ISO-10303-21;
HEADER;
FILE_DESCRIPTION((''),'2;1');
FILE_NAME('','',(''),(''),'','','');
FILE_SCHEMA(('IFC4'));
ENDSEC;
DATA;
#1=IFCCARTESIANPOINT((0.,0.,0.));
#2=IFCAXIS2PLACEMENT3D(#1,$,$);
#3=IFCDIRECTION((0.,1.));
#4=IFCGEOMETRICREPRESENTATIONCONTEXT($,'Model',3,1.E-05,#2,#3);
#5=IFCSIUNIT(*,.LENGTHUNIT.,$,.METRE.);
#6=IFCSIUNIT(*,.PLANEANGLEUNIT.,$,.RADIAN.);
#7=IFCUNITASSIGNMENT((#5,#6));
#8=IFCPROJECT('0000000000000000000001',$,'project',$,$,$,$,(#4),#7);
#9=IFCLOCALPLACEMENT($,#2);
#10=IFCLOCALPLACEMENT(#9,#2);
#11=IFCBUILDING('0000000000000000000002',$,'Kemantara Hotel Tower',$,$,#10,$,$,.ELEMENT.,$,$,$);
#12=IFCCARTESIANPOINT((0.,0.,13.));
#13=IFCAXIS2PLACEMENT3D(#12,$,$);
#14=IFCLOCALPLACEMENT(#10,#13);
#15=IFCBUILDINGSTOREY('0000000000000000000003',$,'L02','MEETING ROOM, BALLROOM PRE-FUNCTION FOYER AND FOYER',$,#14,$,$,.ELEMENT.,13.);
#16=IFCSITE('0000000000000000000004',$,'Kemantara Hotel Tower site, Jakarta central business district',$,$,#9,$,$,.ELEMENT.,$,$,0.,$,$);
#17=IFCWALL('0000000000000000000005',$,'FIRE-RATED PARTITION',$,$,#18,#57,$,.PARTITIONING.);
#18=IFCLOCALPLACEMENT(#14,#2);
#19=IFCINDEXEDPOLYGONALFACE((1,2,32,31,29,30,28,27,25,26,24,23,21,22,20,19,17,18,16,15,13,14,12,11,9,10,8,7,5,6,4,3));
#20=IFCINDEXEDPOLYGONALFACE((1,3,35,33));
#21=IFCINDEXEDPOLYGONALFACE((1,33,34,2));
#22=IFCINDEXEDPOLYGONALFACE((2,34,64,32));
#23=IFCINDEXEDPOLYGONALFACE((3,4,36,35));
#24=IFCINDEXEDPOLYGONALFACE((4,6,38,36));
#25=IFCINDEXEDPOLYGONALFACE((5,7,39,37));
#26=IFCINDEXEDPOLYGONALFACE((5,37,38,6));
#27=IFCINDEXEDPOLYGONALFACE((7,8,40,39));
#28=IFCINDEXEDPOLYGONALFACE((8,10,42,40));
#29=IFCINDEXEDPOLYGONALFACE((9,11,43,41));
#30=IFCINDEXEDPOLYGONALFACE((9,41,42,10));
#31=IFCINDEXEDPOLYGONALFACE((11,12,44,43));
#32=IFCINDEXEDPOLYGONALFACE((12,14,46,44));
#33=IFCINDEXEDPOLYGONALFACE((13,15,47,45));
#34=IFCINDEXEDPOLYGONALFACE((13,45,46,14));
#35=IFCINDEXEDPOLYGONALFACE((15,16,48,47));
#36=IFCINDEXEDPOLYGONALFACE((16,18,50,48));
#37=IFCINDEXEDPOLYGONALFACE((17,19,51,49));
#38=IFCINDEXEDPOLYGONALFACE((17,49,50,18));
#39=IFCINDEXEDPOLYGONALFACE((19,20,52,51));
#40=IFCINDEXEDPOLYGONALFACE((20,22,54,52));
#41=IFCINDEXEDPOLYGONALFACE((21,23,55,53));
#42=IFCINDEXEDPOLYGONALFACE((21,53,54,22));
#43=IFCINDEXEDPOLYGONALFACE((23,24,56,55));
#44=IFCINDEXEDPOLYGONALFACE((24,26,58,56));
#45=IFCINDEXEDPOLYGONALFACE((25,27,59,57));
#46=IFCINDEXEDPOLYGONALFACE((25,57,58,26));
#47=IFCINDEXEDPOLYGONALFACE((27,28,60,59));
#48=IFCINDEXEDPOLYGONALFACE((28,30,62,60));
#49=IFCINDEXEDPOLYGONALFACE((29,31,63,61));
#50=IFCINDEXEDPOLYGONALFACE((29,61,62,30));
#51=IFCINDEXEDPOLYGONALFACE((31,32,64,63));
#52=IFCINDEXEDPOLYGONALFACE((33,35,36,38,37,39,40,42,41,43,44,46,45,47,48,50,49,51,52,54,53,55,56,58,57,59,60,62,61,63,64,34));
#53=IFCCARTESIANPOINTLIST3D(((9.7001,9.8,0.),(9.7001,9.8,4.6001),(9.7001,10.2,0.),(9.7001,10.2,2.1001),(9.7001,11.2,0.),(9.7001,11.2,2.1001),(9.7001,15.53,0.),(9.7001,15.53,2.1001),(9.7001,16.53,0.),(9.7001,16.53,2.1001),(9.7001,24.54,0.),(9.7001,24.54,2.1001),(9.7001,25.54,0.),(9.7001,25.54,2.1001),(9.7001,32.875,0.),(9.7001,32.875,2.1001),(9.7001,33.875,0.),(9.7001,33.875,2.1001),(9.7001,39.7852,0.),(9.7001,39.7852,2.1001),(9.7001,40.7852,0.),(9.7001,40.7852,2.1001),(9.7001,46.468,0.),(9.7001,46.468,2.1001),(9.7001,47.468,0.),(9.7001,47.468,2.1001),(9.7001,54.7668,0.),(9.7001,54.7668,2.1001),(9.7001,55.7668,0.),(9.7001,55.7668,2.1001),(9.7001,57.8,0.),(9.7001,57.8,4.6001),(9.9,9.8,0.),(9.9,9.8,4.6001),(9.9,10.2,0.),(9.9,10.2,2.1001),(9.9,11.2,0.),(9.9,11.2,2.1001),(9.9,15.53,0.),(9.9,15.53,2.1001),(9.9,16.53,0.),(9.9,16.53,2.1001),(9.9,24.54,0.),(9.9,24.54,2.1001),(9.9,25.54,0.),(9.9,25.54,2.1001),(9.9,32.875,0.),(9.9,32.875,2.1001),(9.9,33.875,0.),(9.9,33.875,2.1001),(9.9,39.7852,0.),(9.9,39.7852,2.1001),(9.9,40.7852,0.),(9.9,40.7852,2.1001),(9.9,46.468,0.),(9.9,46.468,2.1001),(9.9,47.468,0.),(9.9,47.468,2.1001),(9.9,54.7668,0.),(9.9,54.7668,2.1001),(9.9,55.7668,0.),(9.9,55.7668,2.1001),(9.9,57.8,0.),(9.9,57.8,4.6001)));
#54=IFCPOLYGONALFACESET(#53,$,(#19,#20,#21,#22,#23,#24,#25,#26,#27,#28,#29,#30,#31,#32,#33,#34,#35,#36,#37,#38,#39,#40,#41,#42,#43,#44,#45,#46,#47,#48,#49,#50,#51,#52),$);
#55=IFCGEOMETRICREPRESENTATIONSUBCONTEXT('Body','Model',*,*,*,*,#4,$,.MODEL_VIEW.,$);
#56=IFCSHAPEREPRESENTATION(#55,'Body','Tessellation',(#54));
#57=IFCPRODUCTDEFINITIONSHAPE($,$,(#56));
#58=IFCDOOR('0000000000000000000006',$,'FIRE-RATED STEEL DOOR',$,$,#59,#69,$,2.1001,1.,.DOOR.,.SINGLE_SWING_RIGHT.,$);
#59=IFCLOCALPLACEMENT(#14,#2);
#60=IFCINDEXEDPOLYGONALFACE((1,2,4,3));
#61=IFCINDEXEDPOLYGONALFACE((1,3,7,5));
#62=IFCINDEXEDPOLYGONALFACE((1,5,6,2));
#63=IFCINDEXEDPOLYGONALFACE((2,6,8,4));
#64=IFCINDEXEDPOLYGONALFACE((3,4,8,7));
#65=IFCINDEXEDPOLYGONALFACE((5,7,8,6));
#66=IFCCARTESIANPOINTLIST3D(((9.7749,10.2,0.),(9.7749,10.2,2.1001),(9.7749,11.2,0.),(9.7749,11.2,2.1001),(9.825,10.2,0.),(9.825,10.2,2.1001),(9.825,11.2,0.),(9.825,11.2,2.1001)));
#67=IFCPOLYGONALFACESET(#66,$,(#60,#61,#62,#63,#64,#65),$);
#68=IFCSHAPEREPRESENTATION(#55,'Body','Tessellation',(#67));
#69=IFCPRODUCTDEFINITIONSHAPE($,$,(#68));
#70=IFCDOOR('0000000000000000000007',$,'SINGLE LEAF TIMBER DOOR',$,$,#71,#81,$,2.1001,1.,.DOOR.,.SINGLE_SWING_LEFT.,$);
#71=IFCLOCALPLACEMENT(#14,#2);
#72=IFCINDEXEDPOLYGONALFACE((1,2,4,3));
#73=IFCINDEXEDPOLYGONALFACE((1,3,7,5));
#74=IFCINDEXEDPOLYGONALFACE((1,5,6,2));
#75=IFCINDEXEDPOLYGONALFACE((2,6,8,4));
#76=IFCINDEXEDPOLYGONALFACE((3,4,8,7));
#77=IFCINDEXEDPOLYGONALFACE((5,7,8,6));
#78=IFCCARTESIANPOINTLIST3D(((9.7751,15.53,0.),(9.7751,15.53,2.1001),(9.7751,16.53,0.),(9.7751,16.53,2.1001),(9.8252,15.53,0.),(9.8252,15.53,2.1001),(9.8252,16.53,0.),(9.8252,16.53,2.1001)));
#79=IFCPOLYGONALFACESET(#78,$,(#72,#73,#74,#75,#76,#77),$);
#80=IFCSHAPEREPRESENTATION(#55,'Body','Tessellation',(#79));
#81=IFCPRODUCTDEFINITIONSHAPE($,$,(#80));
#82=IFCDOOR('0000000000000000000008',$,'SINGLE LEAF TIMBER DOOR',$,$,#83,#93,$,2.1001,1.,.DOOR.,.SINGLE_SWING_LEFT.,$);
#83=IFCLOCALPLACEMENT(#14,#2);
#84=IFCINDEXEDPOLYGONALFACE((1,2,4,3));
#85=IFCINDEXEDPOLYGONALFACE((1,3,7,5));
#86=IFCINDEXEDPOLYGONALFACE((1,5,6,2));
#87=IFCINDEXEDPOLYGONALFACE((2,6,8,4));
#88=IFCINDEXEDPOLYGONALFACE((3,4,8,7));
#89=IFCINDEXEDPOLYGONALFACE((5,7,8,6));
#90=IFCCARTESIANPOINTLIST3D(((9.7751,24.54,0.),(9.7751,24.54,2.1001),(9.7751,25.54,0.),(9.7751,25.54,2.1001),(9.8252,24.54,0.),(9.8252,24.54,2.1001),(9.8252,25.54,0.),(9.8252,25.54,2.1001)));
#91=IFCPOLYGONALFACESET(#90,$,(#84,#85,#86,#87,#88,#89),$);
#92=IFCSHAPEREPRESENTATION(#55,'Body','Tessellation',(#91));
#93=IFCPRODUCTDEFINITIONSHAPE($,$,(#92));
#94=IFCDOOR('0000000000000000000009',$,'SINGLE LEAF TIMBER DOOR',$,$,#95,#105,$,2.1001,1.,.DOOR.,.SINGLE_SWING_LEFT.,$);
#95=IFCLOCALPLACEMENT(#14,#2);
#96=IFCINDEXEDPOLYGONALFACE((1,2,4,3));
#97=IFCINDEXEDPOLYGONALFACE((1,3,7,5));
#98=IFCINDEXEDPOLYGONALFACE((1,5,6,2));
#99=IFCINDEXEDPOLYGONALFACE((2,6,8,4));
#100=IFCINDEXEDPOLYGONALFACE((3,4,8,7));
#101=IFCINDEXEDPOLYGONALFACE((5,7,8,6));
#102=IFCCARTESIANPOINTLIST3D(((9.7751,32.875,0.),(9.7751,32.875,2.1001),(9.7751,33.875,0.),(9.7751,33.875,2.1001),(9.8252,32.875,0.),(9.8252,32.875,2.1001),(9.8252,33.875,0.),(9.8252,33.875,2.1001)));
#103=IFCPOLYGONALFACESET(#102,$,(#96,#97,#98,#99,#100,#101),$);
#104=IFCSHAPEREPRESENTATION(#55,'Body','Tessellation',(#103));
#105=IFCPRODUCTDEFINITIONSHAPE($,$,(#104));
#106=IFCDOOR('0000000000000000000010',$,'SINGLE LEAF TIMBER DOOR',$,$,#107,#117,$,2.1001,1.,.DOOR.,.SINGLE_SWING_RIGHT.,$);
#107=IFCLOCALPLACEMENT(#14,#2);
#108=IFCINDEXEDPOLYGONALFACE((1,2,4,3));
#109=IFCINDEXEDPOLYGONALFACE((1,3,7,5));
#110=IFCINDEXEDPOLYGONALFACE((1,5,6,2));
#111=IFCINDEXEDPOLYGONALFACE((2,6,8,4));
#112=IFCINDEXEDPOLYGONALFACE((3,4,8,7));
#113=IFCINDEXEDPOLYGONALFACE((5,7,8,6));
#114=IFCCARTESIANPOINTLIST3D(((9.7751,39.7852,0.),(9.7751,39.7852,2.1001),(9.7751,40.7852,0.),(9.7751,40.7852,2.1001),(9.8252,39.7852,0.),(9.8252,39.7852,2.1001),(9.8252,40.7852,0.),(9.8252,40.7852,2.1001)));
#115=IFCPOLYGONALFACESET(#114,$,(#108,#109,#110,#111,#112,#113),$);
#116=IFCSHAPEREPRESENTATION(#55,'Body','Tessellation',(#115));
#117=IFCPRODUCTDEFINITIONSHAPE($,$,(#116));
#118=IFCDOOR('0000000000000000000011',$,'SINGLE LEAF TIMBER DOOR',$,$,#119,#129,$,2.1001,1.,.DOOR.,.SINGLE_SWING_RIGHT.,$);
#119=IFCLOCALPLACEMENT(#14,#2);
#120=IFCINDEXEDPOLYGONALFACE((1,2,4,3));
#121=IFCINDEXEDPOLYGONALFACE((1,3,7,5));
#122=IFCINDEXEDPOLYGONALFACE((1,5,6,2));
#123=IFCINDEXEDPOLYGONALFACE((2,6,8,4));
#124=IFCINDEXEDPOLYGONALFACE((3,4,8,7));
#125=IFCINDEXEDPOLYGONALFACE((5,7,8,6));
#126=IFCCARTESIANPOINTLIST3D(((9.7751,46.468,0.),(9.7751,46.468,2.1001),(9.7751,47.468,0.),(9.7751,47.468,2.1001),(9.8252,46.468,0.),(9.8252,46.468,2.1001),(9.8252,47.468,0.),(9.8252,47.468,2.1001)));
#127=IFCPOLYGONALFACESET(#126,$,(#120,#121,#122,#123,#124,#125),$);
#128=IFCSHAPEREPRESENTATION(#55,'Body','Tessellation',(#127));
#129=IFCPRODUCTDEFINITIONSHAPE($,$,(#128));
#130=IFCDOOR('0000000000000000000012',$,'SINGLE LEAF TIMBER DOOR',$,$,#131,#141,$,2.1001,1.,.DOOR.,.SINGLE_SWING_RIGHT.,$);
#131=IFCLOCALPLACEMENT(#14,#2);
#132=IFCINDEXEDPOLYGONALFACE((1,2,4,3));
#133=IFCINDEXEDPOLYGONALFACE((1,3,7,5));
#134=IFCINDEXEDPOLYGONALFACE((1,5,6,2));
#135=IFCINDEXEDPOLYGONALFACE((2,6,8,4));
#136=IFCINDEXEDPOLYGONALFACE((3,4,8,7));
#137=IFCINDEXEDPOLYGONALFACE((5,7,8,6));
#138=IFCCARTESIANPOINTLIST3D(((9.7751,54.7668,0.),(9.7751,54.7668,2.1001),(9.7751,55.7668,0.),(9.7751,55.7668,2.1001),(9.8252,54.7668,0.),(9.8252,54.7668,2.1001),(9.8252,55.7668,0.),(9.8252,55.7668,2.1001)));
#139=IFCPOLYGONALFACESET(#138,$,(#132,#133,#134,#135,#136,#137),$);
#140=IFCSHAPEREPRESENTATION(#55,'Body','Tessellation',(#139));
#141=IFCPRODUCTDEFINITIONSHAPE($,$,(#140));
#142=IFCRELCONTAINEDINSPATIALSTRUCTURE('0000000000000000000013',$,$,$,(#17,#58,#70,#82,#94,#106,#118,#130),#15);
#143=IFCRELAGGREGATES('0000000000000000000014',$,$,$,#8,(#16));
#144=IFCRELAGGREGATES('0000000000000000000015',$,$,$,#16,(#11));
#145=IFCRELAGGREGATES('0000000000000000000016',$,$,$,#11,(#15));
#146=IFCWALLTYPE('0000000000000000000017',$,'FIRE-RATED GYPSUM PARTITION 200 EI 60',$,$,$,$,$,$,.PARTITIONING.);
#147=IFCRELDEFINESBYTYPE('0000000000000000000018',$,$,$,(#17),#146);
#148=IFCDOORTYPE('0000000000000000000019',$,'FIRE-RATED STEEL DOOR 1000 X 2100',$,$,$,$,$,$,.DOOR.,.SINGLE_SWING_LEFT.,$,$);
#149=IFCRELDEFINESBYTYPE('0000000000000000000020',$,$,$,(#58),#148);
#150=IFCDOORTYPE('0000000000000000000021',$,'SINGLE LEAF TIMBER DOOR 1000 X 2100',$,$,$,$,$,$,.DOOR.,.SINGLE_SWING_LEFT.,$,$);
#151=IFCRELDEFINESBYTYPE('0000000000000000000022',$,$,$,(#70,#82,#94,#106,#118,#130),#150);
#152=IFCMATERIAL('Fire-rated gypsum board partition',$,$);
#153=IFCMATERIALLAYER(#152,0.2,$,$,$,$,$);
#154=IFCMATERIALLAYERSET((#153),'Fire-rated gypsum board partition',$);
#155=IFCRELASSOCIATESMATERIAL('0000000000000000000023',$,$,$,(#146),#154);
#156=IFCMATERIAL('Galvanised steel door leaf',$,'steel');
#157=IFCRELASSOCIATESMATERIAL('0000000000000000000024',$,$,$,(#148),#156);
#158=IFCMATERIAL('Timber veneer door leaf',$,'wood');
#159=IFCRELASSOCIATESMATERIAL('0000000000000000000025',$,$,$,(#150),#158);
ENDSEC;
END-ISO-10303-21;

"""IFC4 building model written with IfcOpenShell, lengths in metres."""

from ifc_helpers import new_model, si_unit, direction, frame, frame_2d, origin, place, context, subcontext, project, spatial, rectangle, extrude, material, layer, layer_set, type_object, element, fill, save


model = new_model("IFC4")

# Units and contexts
model_context = context("Model", 3, precision=1e-05, world=origin(), true_north=direction((0.0, 1.0)))
body_context = subcontext(model_context, "Body", "Model", "MODEL_VIEW")
ifc_project = project(units=[si_unit("LENGTHUNIT", "METRE"), si_unit("PLANEANGLEUNIT", "RADIAN")], contexts=[model_context])

# Site, building, storey
site_placement = place(None, origin())
site = spatial("IfcSite", under=ifc_project, at=site_placement, Name="Kemantara Hotel Tower site, Jakarta central business district", CompositionType="ELEMENT", RefElevation=0.0)
building_placement = place(site_placement, origin())
building = spatial("IfcBuilding", under=site, at=building_placement, Name="Kemantara Hotel Tower", CompositionType="ELEMENT")
storey_placement = place(building_placement, frame((0.0, 0.0, 13.0)))
storey = spatial("IfcBuildingStorey", under=building, at=storey_placement, Name="L02", Description="MEETING ROOM, BALLROOM PRE-FUNCTION FOYER AND FOYER", CompositionType="ELEMENT", Elevation=13.0)

# Wall, openings, doors
ifc_material_1 = material(Name="Fire-rated gypsum board partition")
ifc_layer_1 = layer(ifc_material_1, 0.2)
ifc_layer_set_1 = layer_set([ifc_layer_1], Name="Fire-rated gypsum board partition")
wall_type_1 = type_object("IfcWallType", Name="FIRE-RATED GYPSUM PARTITION 200 EI 60", PredefinedType="PARTITIONING", material=ifc_layer_set_1)
wall_1_placement = place(storey_placement, frame((9.8, 9.8, 0.0), z_axis=(0.0, 0.0, 1.0), x_axis=(0.0, 1.0, 0.0)))
wall_1 = element("IfcWall", 1, at=wall_1_placement, inside=storey, type_object=wall_type_1, Name="FIRE-RATED PARTITION", PredefinedType="PARTITIONING", context=body_context, shape_type="SweptSolid", body=[
    extrude(rectangle(XDim=48.0, YDim=0.2, at=frame_2d((24.0, 0.0))), origin(), (0.0, 0.0, 1.0), 4.6001),
])
opening_1_placement = place(wall_1_placement, frame((5.73, 0.0, 0.0)))
opening_1 = element("IfcOpeningElement", 2, at=opening_1_placement, cuts=wall_1, PredefinedType="OPENING", context=body_context, shape_type="SweptSolid", body=[
    extrude(rectangle(XDim=1.0, YDim=2.1001, at=frame_2d((0.5, 1.05))), frame((0.0, 0.1099, 0.0), z_axis=(0.0, -1.0, 0.0), x_axis=(1.0, 0.0, 0.0)), (0.0, 0.0, 1.0), 0.22),
])
opening_2_placement = place(wall_1_placement, frame((14.74, 0.0, 0.0)))
opening_2 = element("IfcOpeningElement", 3, at=opening_2_placement, cuts=wall_1, PredefinedType="OPENING", context=body_context, shape_type="SweptSolid", body=[
    extrude(rectangle(XDim=1.0, YDim=2.1001, at=frame_2d((0.5, 1.05))), frame((0.0, 0.1099, 0.0), z_axis=(0.0, -1.0, 0.0), x_axis=(1.0, 0.0, 0.0)), (0.0, 0.0, 1.0), 0.22),
])
opening_3_placement = place(wall_1_placement, frame((23.075, 0.0, 0.0)))
opening_3 = element("IfcOpeningElement", 4, at=opening_3_placement, cuts=wall_1, PredefinedType="OPENING", context=body_context, shape_type="SweptSolid", body=[
    extrude(rectangle(XDim=1.0, YDim=2.1001, at=frame_2d((0.5, 1.05))), frame((0.0, 0.1099, 0.0), z_axis=(0.0, -1.0, 0.0), x_axis=(1.0, 0.0, 0.0)), (0.0, 0.0, 1.0), 0.22),
])
opening_4_placement = place(wall_1_placement, frame((29.9851, 0.0, 0.0)))
opening_4 = element("IfcOpeningElement", 5, at=opening_4_placement, cuts=wall_1, PredefinedType="OPENING", context=body_context, shape_type="SweptSolid", body=[
    extrude(rectangle(XDim=1.0, YDim=2.1001, at=frame_2d((0.5, 1.05))), frame((0.0, 0.1099, 0.0), z_axis=(0.0, -1.0, 0.0), x_axis=(1.0, 0.0, 0.0)), (0.0, 0.0, 1.0), 0.22),
])
opening_5_placement = place(wall_1_placement, frame((36.668, 0.0, 0.0)))
opening_5 = element("IfcOpeningElement", 6, at=opening_5_placement, cuts=wall_1, PredefinedType="OPENING", context=body_context, shape_type="SweptSolid", body=[
    extrude(rectangle(XDim=1.0, YDim=2.1001, at=frame_2d((0.5, 1.05))), frame((0.0, 0.1099, 0.0), z_axis=(0.0, -1.0, 0.0), x_axis=(1.0, 0.0, 0.0)), (0.0, 0.0, 1.0), 0.22),
])
opening_6_placement = place(wall_1_placement, frame((44.9668, 0.0, 0.0)))
opening_6 = element("IfcOpeningElement", 7, at=opening_6_placement, cuts=wall_1, PredefinedType="OPENING", context=body_context, shape_type="SweptSolid", body=[
    extrude(rectangle(XDim=1.0, YDim=2.1001, at=frame_2d((0.5, 1.05))), frame((0.0, 0.1099, 0.0), z_axis=(0.0, -1.0, 0.0), x_axis=(1.0, 0.0, 0.0)), (0.0, 0.0, 1.0), 0.22),
])
opening_7_placement = place(wall_1_placement, frame((0.3999, 0.0, 0.0)))
opening_7 = element("IfcOpeningElement", 8, at=opening_7_placement, cuts=wall_1, PredefinedType="OPENING", context=body_context, shape_type="SweptSolid", body=[
    extrude(rectangle(XDim=1.0, YDim=2.1001, at=frame_2d((0.5, 1.05))), frame((0.0, 0.1099, 0.0), z_axis=(0.0, -1.0, 0.0), x_axis=(1.0, 0.0, 0.0)), (0.0, 0.0, 1.0), 0.22),
])
ifc_material_2 = material(Name="Galvanised steel door leaf", Category="steel")
door_type_1 = type_object("IfcDoorType", Name="FIRE-RATED STEEL DOOR 1000 X 2100", OperationType="SINGLE_SWING_LEFT", PredefinedType="DOOR", material=ifc_material_2)
door_1_placement = place(opening_7_placement, frame((1.0, 0.0, 0.0), z_axis=(0.0, 0.0, 1.0), x_axis=(-1.0, 0.0, 0.0)))
door_1 = element("IfcDoor", 9, at=door_1_placement, inside=storey, type_object=door_type_1, Name="FIRE-RATED STEEL DOOR", OperationType="SINGLE_SWING_RIGHT", OverallHeight=2.1001, OverallWidth=1.0, PredefinedType="DOOR", context=body_context, shape_type="SweptSolid", body=[
    extrude(rectangle(XDim=1.0, YDim=2.1001, at=frame_2d((0.5, 1.05))), frame((0.0, 0.0249, 0.0), z_axis=(0.0, -1.0, 0.0), x_axis=(1.0, 0.0, 0.0)), (0.0, 0.0, 1.0), 0.05),
])
fill(opening_7, door_1)
ifc_material_3 = material(Name="Timber veneer door leaf", Category="wood")
door_type_2 = type_object("IfcDoorType", Name="SINGLE LEAF TIMBER DOOR 1000 X 2100", OperationType="SINGLE_SWING_LEFT", PredefinedType="DOOR", material=ifc_material_3)
door_2_placement = place(opening_1_placement, origin())
door_2 = element("IfcDoor", 10, at=door_2_placement, inside=storey, type_object=door_type_2, Name="SINGLE LEAF TIMBER DOOR", OperationType="SINGLE_SWING_LEFT", OverallHeight=2.1001, OverallWidth=1.0, PredefinedType="DOOR", context=body_context, shape_type="SweptSolid", body=[
    extrude(rectangle(XDim=1.0, YDim=2.1001, at=frame_2d((0.5, 1.05))), frame((0.0, 0.0249, 0.0), z_axis=(0.0, -1.0, 0.0), x_axis=(1.0, 0.0, 0.0)), (0.0, 0.0, 1.0), 0.05),
])
fill(opening_1, door_2)
door_3_placement = place(opening_2_placement, origin())
door_3 = element("IfcDoor", 11, at=door_3_placement, inside=storey, type_object=door_type_2, Name="SINGLE LEAF TIMBER DOOR", OperationType="SINGLE_SWING_LEFT", OverallHeight=2.1001, OverallWidth=1.0, PredefinedType="DOOR", context=body_context, shape_type="SweptSolid", body=[
    extrude(rectangle(XDim=1.0, YDim=2.1001, at=frame_2d((0.5, 1.05))), frame((0.0, 0.0249, 0.0), z_axis=(0.0, -1.0, 0.0), x_axis=(1.0, 0.0, 0.0)), (0.0, 0.0, 1.0), 0.05),
])
fill(opening_2, door_3)
door_4_placement = place(opening_3_placement, origin())
door_4 = element("IfcDoor", 12, at=door_4_placement, inside=storey, type_object=door_type_2, Name="SINGLE LEAF TIMBER DOOR", OperationType="SINGLE_SWING_LEFT", OverallHeight=2.1001, OverallWidth=1.0, PredefinedType="DOOR", context=body_context, shape_type="SweptSolid", body=[
    extrude(rectangle(XDim=1.0, YDim=2.1001, at=frame_2d((0.5, 1.05))), frame((0.0, 0.0249, 0.0), z_axis=(0.0, -1.0, 0.0), x_axis=(1.0, 0.0, 0.0)), (0.0, 0.0, 1.0), 0.05),
])
fill(opening_3, door_4)
door_5_placement = place(opening_4_placement, origin())
door_5 = element("IfcDoor", 13, at=door_5_placement, inside=storey, type_object=door_type_2, Name="SINGLE LEAF TIMBER DOOR", OperationType="SINGLE_SWING_RIGHT", OverallHeight=2.1001, OverallWidth=1.0, PredefinedType="DOOR", context=body_context, shape_type="SweptSolid", body=[
    extrude(rectangle(XDim=1.0, YDim=2.1001, at=frame_2d((0.5, 1.05))), frame((0.0, 0.0249, 0.0), z_axis=(0.0, -1.0, 0.0), x_axis=(1.0, 0.0, 0.0)), (0.0, 0.0, 1.0), 0.05),
])
fill(opening_4, door_5)
door_6_placement = place(opening_5_placement, origin())
door_6 = element("IfcDoor", 14, at=door_6_placement, inside=storey, type_object=door_type_2, Name="SINGLE LEAF TIMBER DOOR", OperationType="SINGLE_SWING_RIGHT", OverallHeight=2.1001, OverallWidth=1.0, PredefinedType="DOOR", context=body_context, shape_type="SweptSolid", body=[
    extrude(rectangle(XDim=1.0, YDim=2.1001, at=frame_2d((0.5, 1.05))), frame((0.0, 0.0249, 0.0), z_axis=(0.0, -1.0, 0.0), x_axis=(1.0, 0.0, 0.0)), (0.0, 0.0, 1.0), 0.05),
])
fill(opening_5, door_6)
door_7_placement = place(opening_6_placement, origin())
door_7 = element("IfcDoor", 15, at=door_7_placement, inside=storey, type_object=door_type_2, Name="SINGLE LEAF TIMBER DOOR", OperationType="SINGLE_SWING_RIGHT", OverallHeight=2.1001, OverallWidth=1.0, PredefinedType="DOOR", context=body_context, shape_type="SweptSolid", body=[
    extrude(rectangle(XDim=1.0, YDim=2.1001, at=frame_2d((0.5, 1.05))), frame((0.0, 0.0249, 0.0), z_axis=(0.0, -1.0, 0.0), x_axis=(1.0, 0.0, 0.0)), (0.0, 0.0, 1.0), 0.05),
])
fill(opening_6, door_7)

save(model, "model.ifc")
